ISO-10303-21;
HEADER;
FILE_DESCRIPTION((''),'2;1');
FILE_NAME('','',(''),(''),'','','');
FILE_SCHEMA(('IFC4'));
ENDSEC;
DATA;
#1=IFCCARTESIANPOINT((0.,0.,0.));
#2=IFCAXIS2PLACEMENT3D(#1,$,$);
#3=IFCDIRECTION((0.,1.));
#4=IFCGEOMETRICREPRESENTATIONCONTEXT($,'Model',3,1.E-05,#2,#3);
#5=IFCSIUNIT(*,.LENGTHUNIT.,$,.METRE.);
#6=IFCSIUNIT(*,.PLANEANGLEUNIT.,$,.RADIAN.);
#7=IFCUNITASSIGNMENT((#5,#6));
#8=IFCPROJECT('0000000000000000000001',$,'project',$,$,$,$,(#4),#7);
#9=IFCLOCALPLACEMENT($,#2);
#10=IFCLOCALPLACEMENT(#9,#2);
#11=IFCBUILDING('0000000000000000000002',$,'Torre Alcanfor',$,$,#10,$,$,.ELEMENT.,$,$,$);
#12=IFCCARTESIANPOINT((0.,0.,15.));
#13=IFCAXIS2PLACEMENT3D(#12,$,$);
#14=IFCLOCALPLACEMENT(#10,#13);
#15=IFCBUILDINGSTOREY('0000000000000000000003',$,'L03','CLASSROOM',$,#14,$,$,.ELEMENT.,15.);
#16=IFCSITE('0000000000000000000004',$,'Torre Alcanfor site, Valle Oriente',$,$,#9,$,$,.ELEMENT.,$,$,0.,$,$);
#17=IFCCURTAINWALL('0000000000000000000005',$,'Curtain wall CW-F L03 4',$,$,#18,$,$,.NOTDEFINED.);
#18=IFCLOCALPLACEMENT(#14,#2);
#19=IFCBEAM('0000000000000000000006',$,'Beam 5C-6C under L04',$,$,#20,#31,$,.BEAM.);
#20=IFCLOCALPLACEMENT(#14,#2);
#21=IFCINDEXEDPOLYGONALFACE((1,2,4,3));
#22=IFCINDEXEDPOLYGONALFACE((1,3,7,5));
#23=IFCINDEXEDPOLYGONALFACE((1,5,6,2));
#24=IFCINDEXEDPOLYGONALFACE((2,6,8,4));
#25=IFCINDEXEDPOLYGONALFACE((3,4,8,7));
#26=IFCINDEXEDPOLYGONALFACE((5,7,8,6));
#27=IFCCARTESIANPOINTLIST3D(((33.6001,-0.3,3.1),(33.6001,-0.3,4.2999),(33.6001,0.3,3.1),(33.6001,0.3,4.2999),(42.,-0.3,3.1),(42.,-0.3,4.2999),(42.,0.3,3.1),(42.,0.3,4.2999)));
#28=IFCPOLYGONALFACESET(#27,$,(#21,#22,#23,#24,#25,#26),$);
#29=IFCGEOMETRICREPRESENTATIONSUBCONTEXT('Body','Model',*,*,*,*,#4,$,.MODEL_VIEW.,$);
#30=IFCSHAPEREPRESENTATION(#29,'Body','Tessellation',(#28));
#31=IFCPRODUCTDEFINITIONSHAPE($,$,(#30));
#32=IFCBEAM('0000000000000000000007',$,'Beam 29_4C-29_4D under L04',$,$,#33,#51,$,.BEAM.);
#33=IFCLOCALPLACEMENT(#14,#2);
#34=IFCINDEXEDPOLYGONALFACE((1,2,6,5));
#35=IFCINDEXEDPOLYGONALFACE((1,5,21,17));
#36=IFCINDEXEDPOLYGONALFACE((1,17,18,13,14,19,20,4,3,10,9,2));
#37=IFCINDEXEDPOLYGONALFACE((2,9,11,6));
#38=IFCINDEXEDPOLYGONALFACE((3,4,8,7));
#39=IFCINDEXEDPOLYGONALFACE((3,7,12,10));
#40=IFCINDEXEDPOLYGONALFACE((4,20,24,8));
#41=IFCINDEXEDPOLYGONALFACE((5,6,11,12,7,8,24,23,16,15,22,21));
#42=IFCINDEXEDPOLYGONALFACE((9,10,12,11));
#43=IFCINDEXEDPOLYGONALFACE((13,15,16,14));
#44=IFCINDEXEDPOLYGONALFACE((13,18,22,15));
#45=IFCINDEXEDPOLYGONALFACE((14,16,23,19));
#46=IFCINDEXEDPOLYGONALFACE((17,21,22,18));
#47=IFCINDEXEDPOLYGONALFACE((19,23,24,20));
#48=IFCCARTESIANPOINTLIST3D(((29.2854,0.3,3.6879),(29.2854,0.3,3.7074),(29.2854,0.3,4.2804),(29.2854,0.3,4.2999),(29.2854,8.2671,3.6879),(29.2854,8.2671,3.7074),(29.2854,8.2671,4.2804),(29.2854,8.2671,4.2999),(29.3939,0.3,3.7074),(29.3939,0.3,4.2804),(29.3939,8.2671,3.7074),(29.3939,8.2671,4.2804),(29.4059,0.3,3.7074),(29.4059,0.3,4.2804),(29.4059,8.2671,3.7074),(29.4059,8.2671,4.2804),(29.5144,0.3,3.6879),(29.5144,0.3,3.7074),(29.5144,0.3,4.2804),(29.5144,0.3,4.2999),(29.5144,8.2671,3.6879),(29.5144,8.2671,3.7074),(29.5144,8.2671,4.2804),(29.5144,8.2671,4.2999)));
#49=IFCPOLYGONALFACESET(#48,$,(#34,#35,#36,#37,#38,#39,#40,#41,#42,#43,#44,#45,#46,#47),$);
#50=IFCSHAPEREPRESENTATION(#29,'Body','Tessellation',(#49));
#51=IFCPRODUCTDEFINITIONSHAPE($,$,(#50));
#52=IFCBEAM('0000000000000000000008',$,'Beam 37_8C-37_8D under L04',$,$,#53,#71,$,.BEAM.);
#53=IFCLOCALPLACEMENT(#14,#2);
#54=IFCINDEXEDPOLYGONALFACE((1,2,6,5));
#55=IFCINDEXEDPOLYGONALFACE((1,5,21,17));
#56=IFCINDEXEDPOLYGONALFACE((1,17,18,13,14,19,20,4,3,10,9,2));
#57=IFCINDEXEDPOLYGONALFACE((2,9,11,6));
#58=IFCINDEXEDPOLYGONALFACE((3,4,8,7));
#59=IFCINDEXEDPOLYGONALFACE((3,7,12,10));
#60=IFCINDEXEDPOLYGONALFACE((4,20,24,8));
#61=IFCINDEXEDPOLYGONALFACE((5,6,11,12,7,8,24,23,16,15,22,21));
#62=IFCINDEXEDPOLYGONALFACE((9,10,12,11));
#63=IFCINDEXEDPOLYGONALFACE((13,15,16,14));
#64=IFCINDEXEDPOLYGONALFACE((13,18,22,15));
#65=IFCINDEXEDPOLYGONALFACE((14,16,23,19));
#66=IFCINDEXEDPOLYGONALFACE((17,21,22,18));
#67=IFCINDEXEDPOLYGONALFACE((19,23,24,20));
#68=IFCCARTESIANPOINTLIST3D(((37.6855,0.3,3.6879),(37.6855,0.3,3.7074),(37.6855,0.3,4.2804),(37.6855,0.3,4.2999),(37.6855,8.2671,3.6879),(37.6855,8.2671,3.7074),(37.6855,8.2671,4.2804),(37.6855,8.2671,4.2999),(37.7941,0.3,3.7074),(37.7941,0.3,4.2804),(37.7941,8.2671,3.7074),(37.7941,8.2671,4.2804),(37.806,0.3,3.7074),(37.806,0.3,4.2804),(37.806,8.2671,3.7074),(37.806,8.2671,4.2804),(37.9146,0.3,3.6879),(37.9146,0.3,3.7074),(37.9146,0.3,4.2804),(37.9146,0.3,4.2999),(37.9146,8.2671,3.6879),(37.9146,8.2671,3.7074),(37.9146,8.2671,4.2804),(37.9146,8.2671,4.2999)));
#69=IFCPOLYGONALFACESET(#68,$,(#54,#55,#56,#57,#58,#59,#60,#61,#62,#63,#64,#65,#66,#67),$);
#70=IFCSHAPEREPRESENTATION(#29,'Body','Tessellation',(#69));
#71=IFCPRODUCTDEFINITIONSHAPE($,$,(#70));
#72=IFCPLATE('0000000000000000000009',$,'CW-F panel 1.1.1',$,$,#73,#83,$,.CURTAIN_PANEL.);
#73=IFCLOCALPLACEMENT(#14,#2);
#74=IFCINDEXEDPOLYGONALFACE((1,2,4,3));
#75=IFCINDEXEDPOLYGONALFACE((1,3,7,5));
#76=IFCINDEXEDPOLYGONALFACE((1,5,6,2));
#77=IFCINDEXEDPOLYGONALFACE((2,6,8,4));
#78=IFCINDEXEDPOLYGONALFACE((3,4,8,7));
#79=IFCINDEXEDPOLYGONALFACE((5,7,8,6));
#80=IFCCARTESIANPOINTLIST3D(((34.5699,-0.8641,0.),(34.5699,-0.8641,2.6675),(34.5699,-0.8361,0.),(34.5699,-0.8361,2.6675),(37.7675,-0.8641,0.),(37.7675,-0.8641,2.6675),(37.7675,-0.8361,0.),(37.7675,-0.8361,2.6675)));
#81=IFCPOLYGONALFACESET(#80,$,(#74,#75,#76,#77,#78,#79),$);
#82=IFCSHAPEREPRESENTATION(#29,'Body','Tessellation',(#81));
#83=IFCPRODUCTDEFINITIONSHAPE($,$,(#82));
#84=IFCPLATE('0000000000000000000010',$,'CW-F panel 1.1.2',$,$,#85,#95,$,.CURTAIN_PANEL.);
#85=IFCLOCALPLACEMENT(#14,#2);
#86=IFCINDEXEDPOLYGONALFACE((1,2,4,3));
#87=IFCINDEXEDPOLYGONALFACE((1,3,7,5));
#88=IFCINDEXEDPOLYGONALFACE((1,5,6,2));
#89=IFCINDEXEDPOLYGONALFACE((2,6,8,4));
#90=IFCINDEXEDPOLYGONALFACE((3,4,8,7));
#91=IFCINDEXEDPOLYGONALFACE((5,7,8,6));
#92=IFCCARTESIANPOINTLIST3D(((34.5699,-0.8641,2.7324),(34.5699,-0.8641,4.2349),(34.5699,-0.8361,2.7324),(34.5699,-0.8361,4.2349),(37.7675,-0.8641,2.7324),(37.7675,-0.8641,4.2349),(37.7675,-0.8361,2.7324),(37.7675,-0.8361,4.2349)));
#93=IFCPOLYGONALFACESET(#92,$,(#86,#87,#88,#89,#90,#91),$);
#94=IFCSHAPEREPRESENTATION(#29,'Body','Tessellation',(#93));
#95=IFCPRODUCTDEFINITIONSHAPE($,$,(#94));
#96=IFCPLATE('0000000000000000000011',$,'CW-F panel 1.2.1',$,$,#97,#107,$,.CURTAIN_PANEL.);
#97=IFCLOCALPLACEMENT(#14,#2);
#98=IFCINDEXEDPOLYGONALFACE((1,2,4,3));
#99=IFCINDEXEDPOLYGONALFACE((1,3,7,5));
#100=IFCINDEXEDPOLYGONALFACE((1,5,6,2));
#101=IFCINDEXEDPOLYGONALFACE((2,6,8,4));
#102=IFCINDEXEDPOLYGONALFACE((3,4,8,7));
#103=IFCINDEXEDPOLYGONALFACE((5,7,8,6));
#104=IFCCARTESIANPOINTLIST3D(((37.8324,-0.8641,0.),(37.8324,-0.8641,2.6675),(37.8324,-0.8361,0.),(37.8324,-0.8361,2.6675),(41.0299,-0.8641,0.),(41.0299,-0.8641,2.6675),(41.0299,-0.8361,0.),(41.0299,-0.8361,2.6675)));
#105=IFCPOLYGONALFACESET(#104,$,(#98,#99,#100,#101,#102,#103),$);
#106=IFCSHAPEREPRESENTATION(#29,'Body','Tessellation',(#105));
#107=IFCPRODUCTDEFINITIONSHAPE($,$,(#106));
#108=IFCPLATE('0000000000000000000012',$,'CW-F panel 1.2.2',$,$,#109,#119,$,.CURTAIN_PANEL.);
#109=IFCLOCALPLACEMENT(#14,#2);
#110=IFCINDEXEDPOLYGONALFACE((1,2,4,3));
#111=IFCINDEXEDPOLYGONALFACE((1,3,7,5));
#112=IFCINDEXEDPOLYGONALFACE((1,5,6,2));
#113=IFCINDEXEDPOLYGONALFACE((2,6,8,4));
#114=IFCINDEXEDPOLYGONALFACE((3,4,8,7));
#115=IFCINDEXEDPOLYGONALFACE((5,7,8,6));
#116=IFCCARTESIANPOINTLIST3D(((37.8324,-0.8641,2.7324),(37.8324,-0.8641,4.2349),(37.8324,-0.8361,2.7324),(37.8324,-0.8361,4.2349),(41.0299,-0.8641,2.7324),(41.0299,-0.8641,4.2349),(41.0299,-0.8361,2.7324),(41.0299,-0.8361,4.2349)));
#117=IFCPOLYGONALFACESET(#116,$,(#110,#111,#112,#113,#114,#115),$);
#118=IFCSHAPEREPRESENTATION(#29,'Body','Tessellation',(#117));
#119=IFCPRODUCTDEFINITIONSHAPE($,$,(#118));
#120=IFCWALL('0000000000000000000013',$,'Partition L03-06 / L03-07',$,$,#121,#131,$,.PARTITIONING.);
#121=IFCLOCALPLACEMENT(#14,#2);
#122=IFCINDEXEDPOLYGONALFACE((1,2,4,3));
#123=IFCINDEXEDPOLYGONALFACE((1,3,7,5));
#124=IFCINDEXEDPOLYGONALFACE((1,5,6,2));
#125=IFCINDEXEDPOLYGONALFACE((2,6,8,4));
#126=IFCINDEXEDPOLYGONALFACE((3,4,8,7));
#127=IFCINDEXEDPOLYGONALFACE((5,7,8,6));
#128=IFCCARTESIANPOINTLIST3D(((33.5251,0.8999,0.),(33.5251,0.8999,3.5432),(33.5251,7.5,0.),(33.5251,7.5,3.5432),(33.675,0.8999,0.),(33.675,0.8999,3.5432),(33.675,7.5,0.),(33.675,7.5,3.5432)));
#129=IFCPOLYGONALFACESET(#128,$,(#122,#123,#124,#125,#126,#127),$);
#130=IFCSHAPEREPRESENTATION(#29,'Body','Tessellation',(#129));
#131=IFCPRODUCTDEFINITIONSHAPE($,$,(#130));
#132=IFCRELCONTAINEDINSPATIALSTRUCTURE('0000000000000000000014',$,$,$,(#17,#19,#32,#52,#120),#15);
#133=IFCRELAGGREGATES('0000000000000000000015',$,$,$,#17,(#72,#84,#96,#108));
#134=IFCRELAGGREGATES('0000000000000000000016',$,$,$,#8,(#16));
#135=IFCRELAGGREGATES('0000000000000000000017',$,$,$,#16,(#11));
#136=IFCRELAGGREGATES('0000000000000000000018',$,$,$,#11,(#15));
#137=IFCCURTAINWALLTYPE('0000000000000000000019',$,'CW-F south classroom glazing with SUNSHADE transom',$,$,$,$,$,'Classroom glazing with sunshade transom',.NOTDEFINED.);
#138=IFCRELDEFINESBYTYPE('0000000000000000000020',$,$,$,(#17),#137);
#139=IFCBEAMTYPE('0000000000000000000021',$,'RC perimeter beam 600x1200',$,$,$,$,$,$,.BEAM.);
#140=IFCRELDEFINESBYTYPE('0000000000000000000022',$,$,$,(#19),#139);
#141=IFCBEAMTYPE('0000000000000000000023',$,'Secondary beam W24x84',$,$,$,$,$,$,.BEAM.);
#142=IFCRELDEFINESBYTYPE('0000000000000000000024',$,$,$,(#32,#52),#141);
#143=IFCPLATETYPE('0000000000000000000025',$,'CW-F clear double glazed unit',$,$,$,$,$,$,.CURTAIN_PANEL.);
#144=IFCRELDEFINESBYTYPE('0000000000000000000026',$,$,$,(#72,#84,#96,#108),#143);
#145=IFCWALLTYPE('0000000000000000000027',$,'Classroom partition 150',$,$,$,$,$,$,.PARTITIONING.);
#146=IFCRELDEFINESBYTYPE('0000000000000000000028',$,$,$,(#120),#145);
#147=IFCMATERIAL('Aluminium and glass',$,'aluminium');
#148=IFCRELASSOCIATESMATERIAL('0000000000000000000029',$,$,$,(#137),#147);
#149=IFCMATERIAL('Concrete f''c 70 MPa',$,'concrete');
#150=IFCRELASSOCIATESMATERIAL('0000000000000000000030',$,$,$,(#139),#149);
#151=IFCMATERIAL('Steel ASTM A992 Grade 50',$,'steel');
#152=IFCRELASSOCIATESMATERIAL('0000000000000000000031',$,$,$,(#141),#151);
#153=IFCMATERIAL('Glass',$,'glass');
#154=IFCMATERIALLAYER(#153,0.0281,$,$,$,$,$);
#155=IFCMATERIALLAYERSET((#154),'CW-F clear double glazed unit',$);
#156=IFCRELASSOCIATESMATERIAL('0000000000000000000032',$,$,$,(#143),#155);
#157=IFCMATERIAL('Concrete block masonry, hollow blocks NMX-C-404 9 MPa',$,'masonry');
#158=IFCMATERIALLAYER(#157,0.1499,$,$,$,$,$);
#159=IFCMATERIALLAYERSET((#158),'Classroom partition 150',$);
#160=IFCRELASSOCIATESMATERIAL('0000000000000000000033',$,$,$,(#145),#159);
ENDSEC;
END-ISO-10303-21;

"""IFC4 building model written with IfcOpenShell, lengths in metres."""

from ifc_helpers import new_model, si_unit, direction, frame, frame_2d, origin, origin_2d, place, context, subcontext, project, spatial, rectangle, i_section, extrude, material, layer, layer_set, material_profile, profile_set, type_object, element, aggregate, save


model = new_model("IFC4")

# Units and contexts
model_context = context("Model", 3, precision=1e-05, world=origin(), true_north=direction((0.0, 1.0)))
body_context = subcontext(model_context, "Body", "Model", "MODEL_VIEW")
ifc_project = project(units=[si_unit("LENGTHUNIT", "METRE"), si_unit("PLANEANGLEUNIT", "RADIAN")], contexts=[model_context])

# Site, building, storey
site_placement = place(None, origin())
site = spatial("IfcSite", under=ifc_project, at=site_placement, Name="Torre Alcanfor site, Valle Oriente", CompositionType="ELEMENT", RefElevation=0.0)
building_placement = place(site_placement, origin())
building = spatial("IfcBuilding", under=site, at=building_placement, Name="Torre Alcanfor", CompositionType="ELEMENT")
storey_placement = place(building_placement, frame((0.0, 0.0, 15.0)))
storey = spatial("IfcBuildingStorey", under=building, at=storey_placement, Name="L03", Description="CLASSROOM", CompositionType="ELEMENT", Elevation=15.0)

# Curtain wall
ifc_material_1 = material(Name="Aluminium and glass", Category="aluminium")
curtain_wall_type = type_object("IfcCurtainWallType", Name="CW-F south classroom glazing with SUNSHADE transom", ElementType="Classroom glazing with sunshade transom", PredefinedType="NOTDEFINED", material=ifc_material_1)
curtain_wall_placement = place(storey_placement, origin())
curtain_wall = element("IfcCurtainWall", 1, at=curtain_wall_placement, inside=storey, type_object=curtain_wall_type, Name="Curtain wall CW-F L03 4", PredefinedType="NOTDEFINED")

# Beams
ifc_material_2 = material(Name="Concrete f'c 70 MPa", Category="concrete")
ifc_material_profile_1 = material_profile(ifc_material_2, rectangle(XDim=0.6001, YDim=1.2, at=origin_2d()), Name="600x1200")
ifc_profile_set_1 = profile_set([ifc_material_profile_1], Name="Concrete f'c 70 MPa")
beam_type_1 = type_object("IfcBeamType", Name="RC perimeter beam 600x1200", PredefinedType="BEAM", material=ifc_profile_set_1)
beam_1_placement = place(storey_placement, frame((33.6001, 0.0, 3.7), z_axis=(1.0, 0.0, 0.0), x_axis=(0.0, 1.0, 0.0)))
element("IfcBeam", 2, at=beam_1_placement, inside=storey, type_object=beam_type_1, Name="Beam 5C-6C under L04", PredefinedType="BEAM", context=body_context, shape_type="SweptSolid", body=[
    extrude(rectangle(XDim=0.6001, YDim=1.2, at=origin_2d()), origin(), (0.0, 0.0, 1.0), 8.3999),
])
ifc_material_3 = material(Name="Steel ASTM A992 Grade 50", Category="steel")
ifc_material_profile_2 = material_profile(ifc_material_3, i_section(OverallWidth=0.229, OverallDepth=0.6121, WebThickness=0.012, FlangeThickness=0.0195, at=origin_2d()), Name="W24x84")
ifc_profile_set_2 = profile_set([ifc_material_profile_2], Name="Steel ASTM A992 Grade 50")
beam_type_2 = type_object("IfcBeamType", Name="Secondary beam W24x84", PredefinedType="BEAM", material=ifc_profile_set_2)
for number, where, z_axis, x_axis, name in (
    (3, (29.3999, 0.3, 3.9939), (0.0, 1.0, 0.0), (-1.0, 0.0, 0.0), "Beam 29_4C-29_4D under L04"),
    (4, (37.8, 0.3, 3.9939), (0.0, 1.0, 0.0), (-1.0, 0.0, 0.0), "Beam 37_8C-37_8D under L04"),
):
    element("IfcBeam", number, at=place(storey_placement, frame(where, z_axis=z_axis, x_axis=x_axis)), inside=storey, type_object=beam_type_2, Name=name, PredefinedType="BEAM", context=body_context, shape_type="SweptSolid", body=[
        extrude(i_section(OverallWidth=0.229, OverallDepth=0.6121, WebThickness=0.012, FlangeThickness=0.0195, at=origin_2d()), origin(), (0.0, 0.0, 1.0), 7.967),
    ])

# Plates
ifc_material_4 = material(Name="Glass", Category="glass")
ifc_layer_1 = layer(ifc_material_4, 0.0281)
ifc_layer_set_1 = layer_set([ifc_layer_1], Name="CW-F clear double glazed unit")
plate_type = type_object("IfcPlateType", Name="CW-F clear double glazed unit", PredefinedType="CURTAIN_PANEL", material=ifc_layer_set_1)
plate_1_placement = place(storey_placement, frame((36.1687, -0.8501, 0.0), z_axis=(0.0, 0.0, 1.0), x_axis=(1.0, 0.0, 0.0)))
plate_1 = element("IfcPlate", 5, at=plate_1_placement, type_object=plate_type, Name="CW-F panel 1.1.1", PredefinedType="CURTAIN_PANEL", context=body_context, shape_type="SweptSolid", body=[
    extrude(rectangle(XDim=3.1975, YDim=0.0281, at=origin_2d()), origin(), (0.0, 0.0, 1.0), 2.6675),
])
plate_2_placement = place(storey_placement, frame((36.1687, -0.8501, 2.7324), z_axis=(0.0, 0.0, 1.0), x_axis=(1.0, 0.0, 0.0)))
plate_2 = element("IfcPlate", 6, at=plate_2_placement, type_object=plate_type, Name="CW-F panel 1.1.2", PredefinedType="CURTAIN_PANEL", context=body_context, shape_type="SweptSolid", body=[
    extrude(rectangle(XDim=3.1975, YDim=0.0281, at=origin_2d()), origin(), (0.0, 0.0, 1.0), 1.5024),
])
plate_3_placement = place(storey_placement, frame((39.4312, -0.8501, 0.0), z_axis=(0.0, 0.0, 1.0), x_axis=(1.0, 0.0, 0.0)))
plate_3 = element("IfcPlate", 7, at=plate_3_placement, type_object=plate_type, Name="CW-F panel 1.2.1", PredefinedType="CURTAIN_PANEL", context=body_context, shape_type="SweptSolid", body=[
    extrude(rectangle(XDim=3.1975, YDim=0.0281, at=origin_2d()), origin(), (0.0, 0.0, 1.0), 2.6675),
])
plate_4_placement = place(storey_placement, frame((39.4312, -0.8501, 2.7324), z_axis=(0.0, 0.0, 1.0), x_axis=(1.0, 0.0, 0.0)))
plate_4 = element("IfcPlate", 8, at=plate_4_placement, type_object=plate_type, Name="CW-F panel 1.2.2", PredefinedType="CURTAIN_PANEL", context=body_context, shape_type="SweptSolid", body=[
    extrude(rectangle(XDim=3.1975, YDim=0.0281, at=origin_2d()), origin(), (0.0, 0.0, 1.0), 1.5024),
])
aggregate(curtain_wall, [plate_1, plate_2, plate_3, plate_4])

# Wall
ifc_material_5 = material(Name="Concrete block masonry, hollow blocks NMX-C-404 9 MPa", Category="masonry")
ifc_layer_2 = layer(ifc_material_5, 0.1499)
ifc_layer_set_2 = layer_set([ifc_layer_2], Name="Classroom partition 150")
wall_type = type_object("IfcWallType", Name="Classroom partition 150", PredefinedType="PARTITIONING", material=ifc_layer_set_2)
wall_placement = place(storey_placement, frame((33.6001, 7.5, 0.0), z_axis=(0.0, 0.0, 1.0), x_axis=(0.0, -1.0, 0.0)))
element("IfcWall", 9, at=wall_placement, inside=storey, type_object=wall_type, Name="Partition L03-06 / L03-07", PredefinedType="PARTITIONING", context=body_context, shape_type="SweptSolid", body=[
    extrude(rectangle(XDim=6.6001, YDim=0.1499, at=frame_2d((3.3, 0.0))), origin(), (0.0, 0.0, 1.0), 3.5432),
])

save(model, "model.ifc")
